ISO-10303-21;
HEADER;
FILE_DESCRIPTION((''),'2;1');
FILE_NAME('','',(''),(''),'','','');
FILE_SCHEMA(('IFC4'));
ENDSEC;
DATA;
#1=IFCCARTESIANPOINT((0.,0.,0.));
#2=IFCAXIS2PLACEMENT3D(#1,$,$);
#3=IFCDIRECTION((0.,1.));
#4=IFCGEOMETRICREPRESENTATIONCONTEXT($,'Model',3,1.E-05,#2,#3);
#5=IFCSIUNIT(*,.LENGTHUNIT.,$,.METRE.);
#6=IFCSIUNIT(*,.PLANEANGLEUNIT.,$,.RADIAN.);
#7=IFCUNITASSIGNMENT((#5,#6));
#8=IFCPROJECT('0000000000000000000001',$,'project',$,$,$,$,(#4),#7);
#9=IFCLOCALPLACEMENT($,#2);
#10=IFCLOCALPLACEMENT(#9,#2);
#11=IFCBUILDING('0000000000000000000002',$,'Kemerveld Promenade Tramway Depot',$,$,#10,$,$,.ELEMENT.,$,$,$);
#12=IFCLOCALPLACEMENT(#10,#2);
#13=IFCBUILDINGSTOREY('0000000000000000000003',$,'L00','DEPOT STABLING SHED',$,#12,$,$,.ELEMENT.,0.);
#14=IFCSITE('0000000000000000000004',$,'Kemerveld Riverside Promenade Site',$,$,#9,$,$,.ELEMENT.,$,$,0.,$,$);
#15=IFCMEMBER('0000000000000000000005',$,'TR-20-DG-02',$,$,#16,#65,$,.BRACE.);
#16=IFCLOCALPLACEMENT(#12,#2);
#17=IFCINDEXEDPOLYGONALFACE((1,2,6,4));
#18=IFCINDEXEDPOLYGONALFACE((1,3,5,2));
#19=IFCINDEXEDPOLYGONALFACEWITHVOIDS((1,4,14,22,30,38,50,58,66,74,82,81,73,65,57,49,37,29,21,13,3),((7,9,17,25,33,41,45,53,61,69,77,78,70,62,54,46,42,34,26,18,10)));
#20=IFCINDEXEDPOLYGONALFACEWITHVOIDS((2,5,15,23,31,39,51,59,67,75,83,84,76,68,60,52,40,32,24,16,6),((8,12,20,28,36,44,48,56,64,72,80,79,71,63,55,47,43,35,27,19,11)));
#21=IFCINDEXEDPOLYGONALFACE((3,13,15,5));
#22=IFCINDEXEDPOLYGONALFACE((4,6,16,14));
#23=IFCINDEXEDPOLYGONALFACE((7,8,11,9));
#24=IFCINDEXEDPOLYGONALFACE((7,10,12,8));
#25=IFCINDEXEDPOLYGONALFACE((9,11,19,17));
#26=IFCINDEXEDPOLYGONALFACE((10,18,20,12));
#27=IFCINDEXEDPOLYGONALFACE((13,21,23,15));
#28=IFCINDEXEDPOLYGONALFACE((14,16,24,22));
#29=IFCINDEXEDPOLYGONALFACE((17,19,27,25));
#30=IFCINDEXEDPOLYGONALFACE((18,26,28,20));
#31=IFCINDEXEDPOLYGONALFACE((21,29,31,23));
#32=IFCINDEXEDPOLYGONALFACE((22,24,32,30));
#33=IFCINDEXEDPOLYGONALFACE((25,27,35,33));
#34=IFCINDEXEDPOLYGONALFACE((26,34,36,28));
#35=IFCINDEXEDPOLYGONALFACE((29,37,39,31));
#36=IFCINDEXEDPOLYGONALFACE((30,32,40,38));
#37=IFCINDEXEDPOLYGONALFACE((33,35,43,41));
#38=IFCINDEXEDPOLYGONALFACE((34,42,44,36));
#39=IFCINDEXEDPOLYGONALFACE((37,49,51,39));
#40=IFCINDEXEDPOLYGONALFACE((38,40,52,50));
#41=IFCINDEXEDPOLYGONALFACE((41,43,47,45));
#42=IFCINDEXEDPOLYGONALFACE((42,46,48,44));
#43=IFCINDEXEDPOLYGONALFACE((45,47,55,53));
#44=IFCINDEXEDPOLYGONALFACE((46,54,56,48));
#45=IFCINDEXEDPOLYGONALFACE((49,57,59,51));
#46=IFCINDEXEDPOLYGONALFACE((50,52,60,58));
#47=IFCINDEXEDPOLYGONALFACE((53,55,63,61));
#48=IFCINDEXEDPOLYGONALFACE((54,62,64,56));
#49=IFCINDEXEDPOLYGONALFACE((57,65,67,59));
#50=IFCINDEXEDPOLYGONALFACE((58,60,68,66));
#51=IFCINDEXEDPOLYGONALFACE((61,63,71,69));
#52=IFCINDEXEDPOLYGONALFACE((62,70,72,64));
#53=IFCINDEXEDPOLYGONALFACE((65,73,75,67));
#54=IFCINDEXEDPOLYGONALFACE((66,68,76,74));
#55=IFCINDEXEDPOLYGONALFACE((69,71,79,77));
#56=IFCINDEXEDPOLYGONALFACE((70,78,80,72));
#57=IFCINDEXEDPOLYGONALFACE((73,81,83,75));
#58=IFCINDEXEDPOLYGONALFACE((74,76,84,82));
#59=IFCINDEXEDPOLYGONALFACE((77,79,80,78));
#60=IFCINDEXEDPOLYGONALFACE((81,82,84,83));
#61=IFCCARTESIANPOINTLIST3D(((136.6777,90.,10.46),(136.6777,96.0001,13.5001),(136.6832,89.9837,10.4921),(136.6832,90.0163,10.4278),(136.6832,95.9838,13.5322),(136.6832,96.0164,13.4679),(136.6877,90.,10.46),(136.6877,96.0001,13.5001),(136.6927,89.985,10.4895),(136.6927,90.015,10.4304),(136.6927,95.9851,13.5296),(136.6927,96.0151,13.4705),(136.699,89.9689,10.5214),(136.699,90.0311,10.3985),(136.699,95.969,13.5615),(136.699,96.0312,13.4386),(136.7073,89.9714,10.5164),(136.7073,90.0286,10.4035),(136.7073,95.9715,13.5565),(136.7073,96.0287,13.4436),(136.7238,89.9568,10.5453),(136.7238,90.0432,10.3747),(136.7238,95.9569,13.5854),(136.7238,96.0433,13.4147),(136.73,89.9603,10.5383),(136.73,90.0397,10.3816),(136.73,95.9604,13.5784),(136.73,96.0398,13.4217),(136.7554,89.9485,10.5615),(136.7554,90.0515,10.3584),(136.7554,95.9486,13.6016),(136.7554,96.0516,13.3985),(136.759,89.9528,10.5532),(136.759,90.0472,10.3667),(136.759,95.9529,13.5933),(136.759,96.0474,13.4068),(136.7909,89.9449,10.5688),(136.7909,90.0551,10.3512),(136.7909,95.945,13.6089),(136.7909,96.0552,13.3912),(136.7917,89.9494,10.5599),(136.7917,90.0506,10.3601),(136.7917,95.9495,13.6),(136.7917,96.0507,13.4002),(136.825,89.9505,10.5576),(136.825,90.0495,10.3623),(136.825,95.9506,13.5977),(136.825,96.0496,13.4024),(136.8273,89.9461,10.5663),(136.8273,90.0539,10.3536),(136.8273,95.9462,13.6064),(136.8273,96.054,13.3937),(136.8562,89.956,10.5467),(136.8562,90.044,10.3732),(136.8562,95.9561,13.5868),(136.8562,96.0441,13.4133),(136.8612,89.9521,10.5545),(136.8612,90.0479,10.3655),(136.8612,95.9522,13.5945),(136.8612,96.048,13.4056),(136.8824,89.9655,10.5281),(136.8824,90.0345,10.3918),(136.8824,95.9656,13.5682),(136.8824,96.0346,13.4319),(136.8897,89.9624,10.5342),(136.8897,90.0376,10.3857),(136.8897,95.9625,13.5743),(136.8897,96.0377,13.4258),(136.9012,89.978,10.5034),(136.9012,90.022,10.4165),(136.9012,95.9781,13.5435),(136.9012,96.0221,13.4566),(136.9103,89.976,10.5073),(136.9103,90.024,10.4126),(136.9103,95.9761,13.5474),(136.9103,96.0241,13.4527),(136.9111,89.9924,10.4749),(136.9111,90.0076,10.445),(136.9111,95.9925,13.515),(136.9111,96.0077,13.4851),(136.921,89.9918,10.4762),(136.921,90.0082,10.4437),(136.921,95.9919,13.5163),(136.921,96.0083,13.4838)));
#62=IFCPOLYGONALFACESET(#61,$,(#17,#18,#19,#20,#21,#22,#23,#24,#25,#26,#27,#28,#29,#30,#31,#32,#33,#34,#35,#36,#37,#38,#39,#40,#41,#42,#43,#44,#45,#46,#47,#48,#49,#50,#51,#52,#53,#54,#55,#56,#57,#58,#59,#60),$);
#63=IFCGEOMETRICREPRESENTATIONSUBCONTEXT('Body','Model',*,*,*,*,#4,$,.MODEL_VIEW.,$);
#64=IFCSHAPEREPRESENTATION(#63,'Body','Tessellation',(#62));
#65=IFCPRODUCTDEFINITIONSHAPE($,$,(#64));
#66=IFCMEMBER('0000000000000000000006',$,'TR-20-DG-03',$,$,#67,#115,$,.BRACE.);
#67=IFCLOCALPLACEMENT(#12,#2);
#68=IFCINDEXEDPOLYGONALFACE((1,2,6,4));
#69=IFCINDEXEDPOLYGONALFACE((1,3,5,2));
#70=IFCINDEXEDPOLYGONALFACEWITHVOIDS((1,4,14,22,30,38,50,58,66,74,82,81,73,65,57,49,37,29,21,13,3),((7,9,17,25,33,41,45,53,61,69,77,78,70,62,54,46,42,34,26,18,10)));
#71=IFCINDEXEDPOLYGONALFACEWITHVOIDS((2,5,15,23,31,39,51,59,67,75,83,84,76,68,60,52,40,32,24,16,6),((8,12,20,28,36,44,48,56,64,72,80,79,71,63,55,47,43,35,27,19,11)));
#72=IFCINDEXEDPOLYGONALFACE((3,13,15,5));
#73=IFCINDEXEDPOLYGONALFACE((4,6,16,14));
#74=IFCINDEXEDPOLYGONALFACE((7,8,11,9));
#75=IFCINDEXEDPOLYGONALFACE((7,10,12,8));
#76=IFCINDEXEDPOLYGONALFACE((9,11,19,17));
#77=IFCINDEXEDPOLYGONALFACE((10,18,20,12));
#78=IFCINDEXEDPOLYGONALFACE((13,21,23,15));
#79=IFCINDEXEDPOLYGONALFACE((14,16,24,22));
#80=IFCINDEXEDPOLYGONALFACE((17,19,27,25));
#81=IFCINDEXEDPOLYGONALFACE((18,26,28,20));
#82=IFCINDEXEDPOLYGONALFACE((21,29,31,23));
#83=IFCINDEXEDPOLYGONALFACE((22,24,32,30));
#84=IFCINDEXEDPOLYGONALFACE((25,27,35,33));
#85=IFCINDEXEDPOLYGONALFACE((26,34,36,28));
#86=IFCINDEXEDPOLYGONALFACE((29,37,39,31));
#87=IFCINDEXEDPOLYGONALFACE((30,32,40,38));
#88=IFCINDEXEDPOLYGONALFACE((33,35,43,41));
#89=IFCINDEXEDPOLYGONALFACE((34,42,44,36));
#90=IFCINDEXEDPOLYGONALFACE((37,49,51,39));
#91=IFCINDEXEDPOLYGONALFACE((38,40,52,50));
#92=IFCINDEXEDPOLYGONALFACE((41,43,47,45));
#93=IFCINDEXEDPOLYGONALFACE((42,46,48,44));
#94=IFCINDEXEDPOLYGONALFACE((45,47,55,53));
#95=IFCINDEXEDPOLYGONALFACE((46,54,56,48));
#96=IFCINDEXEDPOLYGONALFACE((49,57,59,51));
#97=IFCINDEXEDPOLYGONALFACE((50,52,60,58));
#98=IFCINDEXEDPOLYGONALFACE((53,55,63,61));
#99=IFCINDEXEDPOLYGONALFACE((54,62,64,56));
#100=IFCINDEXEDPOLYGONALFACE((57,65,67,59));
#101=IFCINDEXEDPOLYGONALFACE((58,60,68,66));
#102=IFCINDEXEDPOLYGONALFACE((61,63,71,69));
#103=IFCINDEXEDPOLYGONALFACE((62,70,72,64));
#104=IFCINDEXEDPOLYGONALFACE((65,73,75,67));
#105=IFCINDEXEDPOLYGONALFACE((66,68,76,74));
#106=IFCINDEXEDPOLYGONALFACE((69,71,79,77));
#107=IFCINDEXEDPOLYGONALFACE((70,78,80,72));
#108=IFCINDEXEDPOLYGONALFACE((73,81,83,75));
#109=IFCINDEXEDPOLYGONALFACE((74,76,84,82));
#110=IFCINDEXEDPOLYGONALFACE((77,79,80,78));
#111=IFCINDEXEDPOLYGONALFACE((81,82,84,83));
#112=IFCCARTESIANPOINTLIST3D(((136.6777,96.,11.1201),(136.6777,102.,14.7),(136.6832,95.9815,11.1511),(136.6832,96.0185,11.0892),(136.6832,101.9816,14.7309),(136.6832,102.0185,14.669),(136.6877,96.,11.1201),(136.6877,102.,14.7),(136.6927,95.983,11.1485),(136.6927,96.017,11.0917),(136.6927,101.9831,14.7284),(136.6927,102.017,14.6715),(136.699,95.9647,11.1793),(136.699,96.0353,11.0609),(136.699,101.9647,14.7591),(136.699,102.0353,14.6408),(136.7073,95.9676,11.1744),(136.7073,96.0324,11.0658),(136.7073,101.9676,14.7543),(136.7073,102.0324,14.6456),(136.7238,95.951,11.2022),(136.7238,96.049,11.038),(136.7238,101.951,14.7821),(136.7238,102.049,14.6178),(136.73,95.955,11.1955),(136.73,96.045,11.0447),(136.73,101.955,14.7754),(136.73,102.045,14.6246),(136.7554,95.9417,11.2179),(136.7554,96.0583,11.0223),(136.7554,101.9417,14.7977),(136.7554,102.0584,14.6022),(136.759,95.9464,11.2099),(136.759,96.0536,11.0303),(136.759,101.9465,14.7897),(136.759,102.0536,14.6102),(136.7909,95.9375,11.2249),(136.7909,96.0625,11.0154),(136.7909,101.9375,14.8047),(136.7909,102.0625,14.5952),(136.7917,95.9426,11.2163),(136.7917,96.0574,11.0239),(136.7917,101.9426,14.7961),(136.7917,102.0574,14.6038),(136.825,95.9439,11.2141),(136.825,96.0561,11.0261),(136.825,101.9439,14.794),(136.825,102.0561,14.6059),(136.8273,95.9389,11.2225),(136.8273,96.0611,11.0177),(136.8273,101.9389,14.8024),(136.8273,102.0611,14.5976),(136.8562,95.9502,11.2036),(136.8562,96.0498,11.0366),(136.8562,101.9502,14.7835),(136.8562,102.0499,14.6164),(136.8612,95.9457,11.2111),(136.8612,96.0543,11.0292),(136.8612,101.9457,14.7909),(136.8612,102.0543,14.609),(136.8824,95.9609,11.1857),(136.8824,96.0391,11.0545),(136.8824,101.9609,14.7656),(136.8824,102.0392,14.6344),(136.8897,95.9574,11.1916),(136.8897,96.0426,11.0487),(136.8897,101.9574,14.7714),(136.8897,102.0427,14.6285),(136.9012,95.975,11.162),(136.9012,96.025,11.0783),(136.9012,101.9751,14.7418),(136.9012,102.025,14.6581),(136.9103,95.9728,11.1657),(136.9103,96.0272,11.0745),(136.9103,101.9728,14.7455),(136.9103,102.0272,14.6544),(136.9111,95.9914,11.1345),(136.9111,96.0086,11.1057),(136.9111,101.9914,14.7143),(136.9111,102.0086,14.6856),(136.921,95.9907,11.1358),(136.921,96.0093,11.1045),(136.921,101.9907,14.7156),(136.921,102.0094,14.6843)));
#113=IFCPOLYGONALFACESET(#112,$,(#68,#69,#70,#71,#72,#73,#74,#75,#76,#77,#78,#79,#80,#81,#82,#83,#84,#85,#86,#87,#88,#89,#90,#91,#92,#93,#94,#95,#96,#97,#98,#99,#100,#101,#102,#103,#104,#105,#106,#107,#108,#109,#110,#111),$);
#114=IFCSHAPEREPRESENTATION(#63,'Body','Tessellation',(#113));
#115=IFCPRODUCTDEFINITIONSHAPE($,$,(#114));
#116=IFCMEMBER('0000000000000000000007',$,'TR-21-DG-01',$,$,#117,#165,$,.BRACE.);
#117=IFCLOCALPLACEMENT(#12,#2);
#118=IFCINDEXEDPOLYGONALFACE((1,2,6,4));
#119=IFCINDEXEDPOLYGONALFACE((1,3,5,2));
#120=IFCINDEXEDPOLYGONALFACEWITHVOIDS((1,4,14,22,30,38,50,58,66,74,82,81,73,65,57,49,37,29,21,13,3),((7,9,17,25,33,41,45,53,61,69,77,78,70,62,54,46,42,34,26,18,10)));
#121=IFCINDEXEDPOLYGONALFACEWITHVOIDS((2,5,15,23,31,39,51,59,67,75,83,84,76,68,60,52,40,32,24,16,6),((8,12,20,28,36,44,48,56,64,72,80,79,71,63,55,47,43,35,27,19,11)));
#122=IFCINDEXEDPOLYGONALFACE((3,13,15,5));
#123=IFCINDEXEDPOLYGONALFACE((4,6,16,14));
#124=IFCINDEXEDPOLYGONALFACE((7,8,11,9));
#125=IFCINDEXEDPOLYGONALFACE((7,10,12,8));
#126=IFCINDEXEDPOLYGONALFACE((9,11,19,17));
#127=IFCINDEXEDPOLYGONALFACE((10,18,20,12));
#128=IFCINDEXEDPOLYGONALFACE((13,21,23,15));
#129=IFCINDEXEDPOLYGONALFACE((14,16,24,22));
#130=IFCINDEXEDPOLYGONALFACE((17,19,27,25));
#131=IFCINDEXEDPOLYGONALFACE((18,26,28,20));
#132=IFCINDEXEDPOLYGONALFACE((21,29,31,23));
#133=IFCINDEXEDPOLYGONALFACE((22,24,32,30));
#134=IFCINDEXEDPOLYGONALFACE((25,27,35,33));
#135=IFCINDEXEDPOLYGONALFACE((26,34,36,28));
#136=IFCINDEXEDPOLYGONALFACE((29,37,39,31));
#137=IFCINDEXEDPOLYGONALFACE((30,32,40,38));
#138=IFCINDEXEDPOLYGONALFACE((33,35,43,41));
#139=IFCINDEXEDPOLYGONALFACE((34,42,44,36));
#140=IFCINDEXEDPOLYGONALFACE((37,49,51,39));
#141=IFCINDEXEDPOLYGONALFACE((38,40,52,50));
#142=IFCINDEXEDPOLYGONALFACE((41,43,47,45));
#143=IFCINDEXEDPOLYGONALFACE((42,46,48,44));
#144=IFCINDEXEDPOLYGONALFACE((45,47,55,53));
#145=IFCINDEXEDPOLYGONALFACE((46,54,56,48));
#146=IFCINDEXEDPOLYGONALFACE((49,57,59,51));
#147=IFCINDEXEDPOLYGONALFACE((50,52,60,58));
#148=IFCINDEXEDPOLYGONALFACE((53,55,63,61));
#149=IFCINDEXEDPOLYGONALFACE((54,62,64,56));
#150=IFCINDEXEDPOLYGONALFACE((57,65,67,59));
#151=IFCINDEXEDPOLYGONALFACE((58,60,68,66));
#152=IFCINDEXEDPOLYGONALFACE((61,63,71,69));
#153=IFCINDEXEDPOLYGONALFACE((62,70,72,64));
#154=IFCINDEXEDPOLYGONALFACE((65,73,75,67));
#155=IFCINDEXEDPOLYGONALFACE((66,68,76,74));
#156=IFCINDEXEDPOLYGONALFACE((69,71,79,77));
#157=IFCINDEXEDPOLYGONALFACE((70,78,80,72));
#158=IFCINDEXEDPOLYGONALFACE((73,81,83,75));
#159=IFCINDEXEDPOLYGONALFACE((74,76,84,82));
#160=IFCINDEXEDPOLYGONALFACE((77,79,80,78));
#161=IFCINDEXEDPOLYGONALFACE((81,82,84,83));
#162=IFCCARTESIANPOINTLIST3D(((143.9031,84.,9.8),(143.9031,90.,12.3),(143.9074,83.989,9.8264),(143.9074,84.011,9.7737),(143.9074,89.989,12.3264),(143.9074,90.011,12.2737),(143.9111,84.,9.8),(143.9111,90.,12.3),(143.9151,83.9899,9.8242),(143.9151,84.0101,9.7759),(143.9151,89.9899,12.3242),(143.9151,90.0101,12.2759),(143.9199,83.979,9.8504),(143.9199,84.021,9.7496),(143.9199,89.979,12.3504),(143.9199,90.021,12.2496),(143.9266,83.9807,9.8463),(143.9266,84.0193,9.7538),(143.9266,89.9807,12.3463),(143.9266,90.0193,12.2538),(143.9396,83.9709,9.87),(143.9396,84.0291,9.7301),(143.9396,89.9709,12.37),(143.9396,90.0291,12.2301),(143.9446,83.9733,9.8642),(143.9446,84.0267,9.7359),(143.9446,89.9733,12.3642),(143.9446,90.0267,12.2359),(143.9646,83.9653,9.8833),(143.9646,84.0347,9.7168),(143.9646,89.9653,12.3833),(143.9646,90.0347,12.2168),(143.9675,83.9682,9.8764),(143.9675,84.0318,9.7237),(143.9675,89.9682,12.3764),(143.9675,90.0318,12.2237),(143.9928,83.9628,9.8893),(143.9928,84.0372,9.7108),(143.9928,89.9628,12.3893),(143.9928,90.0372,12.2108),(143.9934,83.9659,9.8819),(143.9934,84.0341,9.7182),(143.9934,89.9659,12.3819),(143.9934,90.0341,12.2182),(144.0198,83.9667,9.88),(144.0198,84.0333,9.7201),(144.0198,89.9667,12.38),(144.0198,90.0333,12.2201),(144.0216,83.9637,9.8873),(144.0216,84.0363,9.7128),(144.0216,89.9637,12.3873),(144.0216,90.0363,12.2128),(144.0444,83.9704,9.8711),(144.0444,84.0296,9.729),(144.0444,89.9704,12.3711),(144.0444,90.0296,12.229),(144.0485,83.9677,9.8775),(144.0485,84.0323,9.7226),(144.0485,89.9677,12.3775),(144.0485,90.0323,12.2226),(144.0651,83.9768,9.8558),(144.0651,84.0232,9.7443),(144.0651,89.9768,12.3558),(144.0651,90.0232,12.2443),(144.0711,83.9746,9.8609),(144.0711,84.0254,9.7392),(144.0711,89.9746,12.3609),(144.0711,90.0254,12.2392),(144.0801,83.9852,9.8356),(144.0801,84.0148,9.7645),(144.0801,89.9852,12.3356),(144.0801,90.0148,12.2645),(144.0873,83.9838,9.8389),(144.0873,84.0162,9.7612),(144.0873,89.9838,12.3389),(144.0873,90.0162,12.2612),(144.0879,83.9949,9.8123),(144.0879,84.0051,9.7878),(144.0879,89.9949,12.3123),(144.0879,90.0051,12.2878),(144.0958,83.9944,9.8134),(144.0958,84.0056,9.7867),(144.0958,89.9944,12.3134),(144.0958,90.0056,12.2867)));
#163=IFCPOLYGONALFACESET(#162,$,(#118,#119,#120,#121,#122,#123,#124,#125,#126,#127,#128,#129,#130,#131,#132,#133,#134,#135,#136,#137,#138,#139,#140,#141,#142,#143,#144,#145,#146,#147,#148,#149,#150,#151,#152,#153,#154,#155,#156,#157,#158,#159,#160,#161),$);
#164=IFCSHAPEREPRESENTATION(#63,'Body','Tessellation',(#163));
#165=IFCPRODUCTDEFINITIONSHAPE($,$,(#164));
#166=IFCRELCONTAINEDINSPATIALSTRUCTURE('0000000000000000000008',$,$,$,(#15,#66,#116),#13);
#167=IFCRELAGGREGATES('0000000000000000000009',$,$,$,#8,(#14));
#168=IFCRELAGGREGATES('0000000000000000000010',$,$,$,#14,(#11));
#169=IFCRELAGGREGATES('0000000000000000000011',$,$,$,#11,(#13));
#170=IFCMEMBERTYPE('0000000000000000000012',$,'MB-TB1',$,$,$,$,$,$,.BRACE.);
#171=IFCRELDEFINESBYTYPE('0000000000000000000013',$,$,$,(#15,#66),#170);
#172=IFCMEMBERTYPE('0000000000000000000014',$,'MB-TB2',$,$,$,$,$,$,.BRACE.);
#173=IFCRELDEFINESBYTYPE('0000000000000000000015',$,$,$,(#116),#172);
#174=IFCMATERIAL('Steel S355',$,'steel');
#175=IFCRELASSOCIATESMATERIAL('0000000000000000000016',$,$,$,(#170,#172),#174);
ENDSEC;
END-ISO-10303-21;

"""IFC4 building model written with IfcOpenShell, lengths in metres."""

from ifc_helpers import new_model, si_unit, direction, frame, origin, origin_2d, place, context, subcontext, project, spatial, hollow_circle, extrude, material, material_profile, profile_set, type_object, element, save


model = new_model("IFC4")

# Units and contexts
model_context = context("Model", 3, precision=1e-05, world=origin(), true_north=direction((0.0, 1.0)))
body_context = subcontext(model_context, "Body", "Model", "MODEL_VIEW")
ifc_project = project(units=[si_unit("LENGTHUNIT", "METRE"), si_unit("PLANEANGLEUNIT", "RADIAN")], contexts=[model_context])

# Site, building, storey
site_placement = place(None, origin())
site = spatial("IfcSite", under=ifc_project, at=site_placement, Name="Kemerveld Riverside Promenade Site", CompositionType="ELEMENT", RefElevation=0.0)
building_placement = place(site_placement, origin())
building = spatial("IfcBuilding", under=site, at=building_placement, Name="Kemerveld Promenade Tramway Depot", CompositionType="ELEMENT")
storey_placement = place(building_placement, origin())
storey = spatial("IfcBuildingStorey", under=building, at=storey_placement, Name="L00", Description="DEPOT STABLING SHED", CompositionType="ELEMENT", Elevation=0.0)

# Members
ifc_material_1 = material(Name="Steel S355", Category="steel")
ifc_material_profile_1 = material_profile(ifc_material_1, hollow_circle(Radius=0.1223, WallThickness=0.01, at=origin_2d()), Name="244.5x10.0 CHS")
ifc_profile_set_1 = profile_set([ifc_material_profile_1], Name="Steel S355")
member_type_1 = type_object("IfcMemberType", Name="MB-TB1", PredefinedType="BRACE", material=ifc_profile_set_1)
member_1_placement = place(storey_placement, frame((136.8, 90.0, 10.46), z_axis=(0.0, 0.892033, 0.451969), x_axis=(-1.0, 0.0, 0.0)))
element("IfcMember", 1, at=member_1_placement, inside=storey, type_object=member_type_1, Name="TR-20-DG-02", PredefinedType="BRACE", context=body_context, shape_type="SweptSolid", body=[
    extrude(hollow_circle(Radius=0.1223, WallThickness=0.01, at=origin_2d()), origin(), (0.0, 0.0, 1.0), 6.7263),
])
member_2_placement = place(storey_placement, frame((136.8, 96.0, 11.1201), z_axis=(0.0, 0.858764, 0.512372), x_axis=(-1.0, 0.0, 0.0)))
element("IfcMember", 2, at=member_2_placement, inside=storey, type_object=member_type_1, Name="TR-20-DG-03", PredefinedType="BRACE", context=body_context, shape_type="SweptSolid", body=[
    extrude(hollow_circle(Radius=0.1223, WallThickness=0.01, at=origin_2d()), origin(), (0.0, 0.0, 1.0), 6.9868),
])
ifc_material_profile_2 = material_profile(ifc_material_1, hollow_circle(Radius=0.0969, WallThickness=0.0081, at=origin_2d()), Name="193.7x8.0 CHS")
ifc_profile_set_2 = profile_set([ifc_material_profile_2], Name="Steel S355")
member_type_2 = type_object("IfcMemberType", Name="MB-TB2", PredefinedType="BRACE", material=ifc_profile_set_2)
member_3_placement = place(storey_placement, frame((144.0, 84.0, 9.8), z_axis=(0.0, 0.923077, 0.384615), x_axis=(-1.0, 0.0, 0.0)))
element("IfcMember", 3, at=member_3_placement, inside=storey, type_object=member_type_2, Name="TR-21-DG-01", PredefinedType="BRACE", context=body_context, shape_type="SweptSolid", body=[
    extrude(hollow_circle(Radius=0.0969, WallThickness=0.0081, at=origin_2d()), origin(), (0.0, 0.0, 1.0), 6.5),
])

save(model, "model.ifc")
